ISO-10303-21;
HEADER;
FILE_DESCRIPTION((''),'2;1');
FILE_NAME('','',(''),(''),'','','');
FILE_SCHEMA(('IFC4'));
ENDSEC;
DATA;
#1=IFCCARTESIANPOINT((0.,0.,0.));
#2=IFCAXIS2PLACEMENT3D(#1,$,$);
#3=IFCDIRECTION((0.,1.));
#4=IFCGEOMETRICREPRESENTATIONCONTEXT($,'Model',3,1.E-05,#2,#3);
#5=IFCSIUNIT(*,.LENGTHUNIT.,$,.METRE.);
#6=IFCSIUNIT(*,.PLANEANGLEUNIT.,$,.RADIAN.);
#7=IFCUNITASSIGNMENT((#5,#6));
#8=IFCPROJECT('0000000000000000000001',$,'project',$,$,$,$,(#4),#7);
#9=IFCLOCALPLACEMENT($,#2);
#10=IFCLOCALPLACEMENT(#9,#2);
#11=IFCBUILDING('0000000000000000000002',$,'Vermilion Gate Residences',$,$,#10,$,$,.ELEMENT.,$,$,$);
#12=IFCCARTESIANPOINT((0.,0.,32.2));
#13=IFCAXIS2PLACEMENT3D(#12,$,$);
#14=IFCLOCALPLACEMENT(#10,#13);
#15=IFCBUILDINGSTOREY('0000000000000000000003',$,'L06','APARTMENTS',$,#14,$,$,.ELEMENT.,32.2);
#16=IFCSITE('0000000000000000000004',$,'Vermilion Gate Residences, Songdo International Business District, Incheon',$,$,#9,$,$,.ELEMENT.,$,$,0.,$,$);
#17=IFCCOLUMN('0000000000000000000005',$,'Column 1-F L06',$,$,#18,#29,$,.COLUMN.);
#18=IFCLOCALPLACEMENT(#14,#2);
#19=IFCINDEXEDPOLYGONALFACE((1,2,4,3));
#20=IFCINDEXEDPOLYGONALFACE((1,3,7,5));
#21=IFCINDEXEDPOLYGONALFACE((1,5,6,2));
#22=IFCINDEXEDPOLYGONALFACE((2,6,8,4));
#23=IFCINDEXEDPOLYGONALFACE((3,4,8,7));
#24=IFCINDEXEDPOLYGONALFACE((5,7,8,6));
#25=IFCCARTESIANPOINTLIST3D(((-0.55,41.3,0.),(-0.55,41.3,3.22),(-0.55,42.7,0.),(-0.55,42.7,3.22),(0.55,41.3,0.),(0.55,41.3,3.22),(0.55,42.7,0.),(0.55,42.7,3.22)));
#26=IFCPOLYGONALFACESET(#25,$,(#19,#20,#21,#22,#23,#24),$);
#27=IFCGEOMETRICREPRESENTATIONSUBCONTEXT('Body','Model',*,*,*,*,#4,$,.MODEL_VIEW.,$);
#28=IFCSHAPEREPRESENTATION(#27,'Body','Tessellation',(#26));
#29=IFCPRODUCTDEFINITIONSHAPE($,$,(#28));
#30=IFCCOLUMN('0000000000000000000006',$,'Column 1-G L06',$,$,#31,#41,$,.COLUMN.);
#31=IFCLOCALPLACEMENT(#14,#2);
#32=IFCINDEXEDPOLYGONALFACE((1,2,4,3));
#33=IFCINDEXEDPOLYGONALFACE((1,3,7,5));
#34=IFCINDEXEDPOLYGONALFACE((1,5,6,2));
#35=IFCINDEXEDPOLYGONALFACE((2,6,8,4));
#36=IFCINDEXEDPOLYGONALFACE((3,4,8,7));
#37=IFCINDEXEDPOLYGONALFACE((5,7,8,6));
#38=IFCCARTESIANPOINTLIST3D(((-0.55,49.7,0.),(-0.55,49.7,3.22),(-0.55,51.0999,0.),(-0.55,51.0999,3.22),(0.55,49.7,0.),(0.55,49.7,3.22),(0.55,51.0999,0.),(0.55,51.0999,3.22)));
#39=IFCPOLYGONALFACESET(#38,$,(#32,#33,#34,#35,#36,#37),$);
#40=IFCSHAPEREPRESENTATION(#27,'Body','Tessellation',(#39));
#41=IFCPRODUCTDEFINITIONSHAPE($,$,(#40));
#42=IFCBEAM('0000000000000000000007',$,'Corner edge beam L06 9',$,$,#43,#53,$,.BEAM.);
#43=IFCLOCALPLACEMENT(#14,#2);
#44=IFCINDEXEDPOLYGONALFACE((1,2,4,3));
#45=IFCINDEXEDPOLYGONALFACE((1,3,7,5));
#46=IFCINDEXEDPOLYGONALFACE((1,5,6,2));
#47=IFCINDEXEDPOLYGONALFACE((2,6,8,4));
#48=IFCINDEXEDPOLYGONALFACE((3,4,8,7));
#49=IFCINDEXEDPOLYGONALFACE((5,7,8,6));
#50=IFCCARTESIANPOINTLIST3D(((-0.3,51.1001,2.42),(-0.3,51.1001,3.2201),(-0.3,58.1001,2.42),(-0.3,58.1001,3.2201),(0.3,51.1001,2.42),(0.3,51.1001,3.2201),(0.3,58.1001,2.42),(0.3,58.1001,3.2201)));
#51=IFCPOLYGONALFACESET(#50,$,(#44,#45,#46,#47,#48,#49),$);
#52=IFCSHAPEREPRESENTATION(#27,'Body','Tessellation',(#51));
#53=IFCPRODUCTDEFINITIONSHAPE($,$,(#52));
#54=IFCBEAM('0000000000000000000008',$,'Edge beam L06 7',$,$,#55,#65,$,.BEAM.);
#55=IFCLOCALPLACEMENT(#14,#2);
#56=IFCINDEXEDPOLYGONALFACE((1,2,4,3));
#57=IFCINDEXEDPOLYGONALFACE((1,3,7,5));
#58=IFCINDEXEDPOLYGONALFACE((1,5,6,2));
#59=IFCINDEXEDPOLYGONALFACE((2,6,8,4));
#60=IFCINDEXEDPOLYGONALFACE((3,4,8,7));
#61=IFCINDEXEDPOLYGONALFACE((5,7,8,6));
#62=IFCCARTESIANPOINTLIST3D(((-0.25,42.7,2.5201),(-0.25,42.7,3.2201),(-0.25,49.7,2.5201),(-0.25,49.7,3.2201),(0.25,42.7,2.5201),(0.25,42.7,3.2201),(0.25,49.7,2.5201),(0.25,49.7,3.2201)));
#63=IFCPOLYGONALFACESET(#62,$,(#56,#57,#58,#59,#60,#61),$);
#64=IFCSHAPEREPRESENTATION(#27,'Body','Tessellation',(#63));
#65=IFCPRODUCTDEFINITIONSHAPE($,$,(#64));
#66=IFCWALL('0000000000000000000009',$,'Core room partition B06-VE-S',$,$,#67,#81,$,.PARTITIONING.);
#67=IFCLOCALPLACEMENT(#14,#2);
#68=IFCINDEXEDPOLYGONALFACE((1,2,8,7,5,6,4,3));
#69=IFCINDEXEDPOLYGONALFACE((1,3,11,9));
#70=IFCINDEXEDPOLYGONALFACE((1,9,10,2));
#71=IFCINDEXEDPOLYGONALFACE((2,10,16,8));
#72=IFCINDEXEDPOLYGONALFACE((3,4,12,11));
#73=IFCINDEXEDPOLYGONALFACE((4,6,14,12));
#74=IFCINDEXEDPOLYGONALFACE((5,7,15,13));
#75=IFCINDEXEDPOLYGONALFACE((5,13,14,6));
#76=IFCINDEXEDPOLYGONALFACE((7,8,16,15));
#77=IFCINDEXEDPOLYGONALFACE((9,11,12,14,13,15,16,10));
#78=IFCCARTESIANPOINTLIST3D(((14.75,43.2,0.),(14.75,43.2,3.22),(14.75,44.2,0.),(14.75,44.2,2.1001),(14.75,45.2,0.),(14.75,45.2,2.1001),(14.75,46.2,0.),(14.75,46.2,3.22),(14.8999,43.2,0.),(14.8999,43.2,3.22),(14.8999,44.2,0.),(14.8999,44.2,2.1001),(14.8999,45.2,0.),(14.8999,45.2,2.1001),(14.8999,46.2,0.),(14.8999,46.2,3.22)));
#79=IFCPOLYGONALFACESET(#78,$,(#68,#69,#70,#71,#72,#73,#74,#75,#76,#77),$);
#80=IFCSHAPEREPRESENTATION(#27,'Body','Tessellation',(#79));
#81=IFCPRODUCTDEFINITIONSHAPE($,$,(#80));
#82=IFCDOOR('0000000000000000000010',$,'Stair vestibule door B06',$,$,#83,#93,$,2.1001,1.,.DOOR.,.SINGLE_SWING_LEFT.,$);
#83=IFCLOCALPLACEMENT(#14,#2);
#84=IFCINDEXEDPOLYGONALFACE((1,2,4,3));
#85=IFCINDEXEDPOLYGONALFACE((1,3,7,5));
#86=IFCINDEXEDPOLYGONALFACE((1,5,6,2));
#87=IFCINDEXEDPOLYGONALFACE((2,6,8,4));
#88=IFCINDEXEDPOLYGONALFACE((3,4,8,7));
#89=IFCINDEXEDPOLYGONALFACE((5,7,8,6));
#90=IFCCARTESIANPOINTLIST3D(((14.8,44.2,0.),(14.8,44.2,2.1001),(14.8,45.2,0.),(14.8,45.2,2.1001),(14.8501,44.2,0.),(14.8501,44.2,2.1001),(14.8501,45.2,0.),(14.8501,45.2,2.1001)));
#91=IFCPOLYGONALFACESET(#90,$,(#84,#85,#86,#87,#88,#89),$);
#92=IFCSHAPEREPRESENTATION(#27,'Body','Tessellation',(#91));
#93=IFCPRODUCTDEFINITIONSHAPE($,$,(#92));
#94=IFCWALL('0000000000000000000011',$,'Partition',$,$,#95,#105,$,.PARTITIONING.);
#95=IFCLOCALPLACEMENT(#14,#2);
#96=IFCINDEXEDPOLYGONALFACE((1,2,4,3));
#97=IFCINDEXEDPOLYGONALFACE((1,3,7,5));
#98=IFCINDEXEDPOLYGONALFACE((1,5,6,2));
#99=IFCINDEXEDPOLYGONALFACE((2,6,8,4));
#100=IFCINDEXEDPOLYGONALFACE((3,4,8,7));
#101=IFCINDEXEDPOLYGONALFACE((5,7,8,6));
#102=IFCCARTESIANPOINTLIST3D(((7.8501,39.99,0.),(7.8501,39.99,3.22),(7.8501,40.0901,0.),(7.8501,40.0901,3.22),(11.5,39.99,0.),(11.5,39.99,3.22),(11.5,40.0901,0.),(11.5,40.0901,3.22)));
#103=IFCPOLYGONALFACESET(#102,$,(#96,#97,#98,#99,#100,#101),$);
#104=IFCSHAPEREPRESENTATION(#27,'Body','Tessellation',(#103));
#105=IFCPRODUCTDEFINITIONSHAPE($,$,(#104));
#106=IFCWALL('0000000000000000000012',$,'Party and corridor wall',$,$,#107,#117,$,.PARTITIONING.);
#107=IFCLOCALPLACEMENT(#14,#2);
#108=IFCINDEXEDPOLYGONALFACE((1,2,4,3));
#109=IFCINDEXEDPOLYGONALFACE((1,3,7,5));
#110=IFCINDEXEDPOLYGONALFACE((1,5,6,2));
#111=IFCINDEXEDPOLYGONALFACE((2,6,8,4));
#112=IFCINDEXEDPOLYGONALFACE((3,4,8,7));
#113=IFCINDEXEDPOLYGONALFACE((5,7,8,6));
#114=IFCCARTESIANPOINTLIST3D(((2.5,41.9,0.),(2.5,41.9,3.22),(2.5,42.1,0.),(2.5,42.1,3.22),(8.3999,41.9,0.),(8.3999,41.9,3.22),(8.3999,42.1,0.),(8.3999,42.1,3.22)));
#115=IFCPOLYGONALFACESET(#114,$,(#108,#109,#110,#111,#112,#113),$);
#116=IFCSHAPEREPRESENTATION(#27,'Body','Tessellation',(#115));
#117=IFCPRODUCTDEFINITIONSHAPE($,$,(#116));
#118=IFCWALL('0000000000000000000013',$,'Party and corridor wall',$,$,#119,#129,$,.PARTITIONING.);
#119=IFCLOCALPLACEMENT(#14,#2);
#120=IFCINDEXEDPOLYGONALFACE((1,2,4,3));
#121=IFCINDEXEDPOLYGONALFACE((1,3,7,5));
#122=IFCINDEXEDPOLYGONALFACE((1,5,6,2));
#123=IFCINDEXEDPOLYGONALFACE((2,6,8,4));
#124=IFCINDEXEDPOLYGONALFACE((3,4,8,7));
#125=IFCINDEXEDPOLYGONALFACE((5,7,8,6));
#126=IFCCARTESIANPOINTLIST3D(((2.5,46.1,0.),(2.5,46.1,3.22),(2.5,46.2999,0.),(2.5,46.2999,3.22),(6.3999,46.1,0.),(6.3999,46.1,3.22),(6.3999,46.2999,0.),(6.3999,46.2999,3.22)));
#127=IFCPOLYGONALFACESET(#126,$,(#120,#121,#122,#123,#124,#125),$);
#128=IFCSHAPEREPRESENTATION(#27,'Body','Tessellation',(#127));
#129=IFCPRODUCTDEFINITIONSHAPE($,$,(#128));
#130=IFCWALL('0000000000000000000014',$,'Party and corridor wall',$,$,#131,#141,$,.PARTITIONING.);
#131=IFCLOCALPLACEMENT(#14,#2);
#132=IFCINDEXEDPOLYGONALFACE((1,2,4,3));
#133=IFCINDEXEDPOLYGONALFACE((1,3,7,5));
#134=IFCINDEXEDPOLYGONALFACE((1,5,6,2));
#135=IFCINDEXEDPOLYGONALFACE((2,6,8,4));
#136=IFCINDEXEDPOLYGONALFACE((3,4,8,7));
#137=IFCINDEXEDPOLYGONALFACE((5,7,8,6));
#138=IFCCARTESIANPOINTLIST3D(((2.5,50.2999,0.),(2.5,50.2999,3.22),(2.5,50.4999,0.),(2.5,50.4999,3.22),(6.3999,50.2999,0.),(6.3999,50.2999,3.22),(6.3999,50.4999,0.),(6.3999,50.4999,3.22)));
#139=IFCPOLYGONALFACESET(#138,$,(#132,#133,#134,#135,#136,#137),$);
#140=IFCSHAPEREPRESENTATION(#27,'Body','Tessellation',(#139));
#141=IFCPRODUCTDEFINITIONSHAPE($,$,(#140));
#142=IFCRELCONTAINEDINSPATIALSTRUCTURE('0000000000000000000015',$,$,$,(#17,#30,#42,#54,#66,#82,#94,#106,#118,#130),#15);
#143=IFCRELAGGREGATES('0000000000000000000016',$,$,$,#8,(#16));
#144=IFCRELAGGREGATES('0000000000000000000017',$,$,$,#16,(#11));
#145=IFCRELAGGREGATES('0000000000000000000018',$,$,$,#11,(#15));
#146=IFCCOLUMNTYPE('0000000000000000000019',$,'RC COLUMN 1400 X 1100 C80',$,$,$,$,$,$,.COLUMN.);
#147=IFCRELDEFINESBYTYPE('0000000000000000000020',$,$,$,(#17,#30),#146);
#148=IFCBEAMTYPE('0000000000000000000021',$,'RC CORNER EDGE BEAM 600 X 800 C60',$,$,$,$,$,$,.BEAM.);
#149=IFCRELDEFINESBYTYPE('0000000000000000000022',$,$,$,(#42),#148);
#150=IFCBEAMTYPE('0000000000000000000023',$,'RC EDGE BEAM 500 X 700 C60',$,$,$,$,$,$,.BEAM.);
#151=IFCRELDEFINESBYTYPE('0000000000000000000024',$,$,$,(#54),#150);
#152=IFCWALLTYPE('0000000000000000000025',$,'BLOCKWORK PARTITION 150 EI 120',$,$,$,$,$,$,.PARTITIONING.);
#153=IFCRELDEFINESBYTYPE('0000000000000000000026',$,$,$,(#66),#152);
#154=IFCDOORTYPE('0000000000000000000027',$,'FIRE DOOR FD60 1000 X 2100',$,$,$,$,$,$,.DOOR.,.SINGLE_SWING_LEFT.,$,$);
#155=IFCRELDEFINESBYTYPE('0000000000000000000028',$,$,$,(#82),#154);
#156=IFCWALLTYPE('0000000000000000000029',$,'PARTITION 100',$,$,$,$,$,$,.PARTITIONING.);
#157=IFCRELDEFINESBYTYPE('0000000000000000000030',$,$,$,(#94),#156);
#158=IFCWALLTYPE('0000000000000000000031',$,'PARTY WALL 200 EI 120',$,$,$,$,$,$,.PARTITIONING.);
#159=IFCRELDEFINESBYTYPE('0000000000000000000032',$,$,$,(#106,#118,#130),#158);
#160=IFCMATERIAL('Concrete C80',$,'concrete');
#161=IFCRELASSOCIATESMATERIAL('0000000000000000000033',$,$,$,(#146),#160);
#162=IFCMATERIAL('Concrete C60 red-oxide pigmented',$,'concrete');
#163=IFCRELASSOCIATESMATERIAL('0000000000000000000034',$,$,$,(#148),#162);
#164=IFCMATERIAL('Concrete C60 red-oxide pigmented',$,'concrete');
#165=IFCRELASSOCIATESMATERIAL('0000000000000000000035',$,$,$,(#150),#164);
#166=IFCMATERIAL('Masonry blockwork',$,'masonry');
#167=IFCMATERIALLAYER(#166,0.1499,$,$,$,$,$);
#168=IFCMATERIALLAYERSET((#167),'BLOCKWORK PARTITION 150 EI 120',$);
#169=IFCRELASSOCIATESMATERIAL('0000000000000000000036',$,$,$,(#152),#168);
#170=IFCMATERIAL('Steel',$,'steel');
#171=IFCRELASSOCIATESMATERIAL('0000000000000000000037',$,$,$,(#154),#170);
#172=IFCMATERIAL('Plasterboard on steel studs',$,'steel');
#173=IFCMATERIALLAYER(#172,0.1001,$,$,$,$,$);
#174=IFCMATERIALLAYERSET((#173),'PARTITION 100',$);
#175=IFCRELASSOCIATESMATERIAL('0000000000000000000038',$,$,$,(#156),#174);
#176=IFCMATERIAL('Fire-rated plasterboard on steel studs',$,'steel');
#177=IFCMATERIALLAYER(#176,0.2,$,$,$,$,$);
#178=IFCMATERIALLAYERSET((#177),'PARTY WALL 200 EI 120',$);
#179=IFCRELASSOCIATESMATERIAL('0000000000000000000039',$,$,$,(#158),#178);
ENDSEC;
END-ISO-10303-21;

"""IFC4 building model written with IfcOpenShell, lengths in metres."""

from ifc_helpers import new_model, si_unit, direction, frame, frame_2d, origin, origin_2d, place, context, subcontext, project, spatial, rectangle, extrude, material, layer, layer_set, material_profile, profile_set, type_object, element, fill, save


model = new_model("IFC4")

# Units and contexts
model_context = context("Model", 3, precision=1e-05, world=origin(), true_north=direction((0.0, 1.0)))
body_context = subcontext(model_context, "Body", "Model", "MODEL_VIEW")
ifc_project = project(units=[si_unit("LENGTHUNIT", "METRE"), si_unit("PLANEANGLEUNIT", "RADIAN")], contexts=[model_context])

# Site, building, storey
site_placement = place(None, origin())
site = spatial("IfcSite", under=ifc_project, at=site_placement, Name="Vermilion Gate Residences, Songdo International Business District, Incheon", CompositionType="ELEMENT", RefElevation=0.0)
building_placement = place(site_placement, origin())
building = spatial("IfcBuilding", under=site, at=building_placement, Name="Vermilion Gate Residences", CompositionType="ELEMENT")
storey_placement = place(building_placement, frame((0.0, 0.0, 32.2)))
storey = spatial("IfcBuildingStorey", under=building, at=storey_placement, Name="L06", Description="APARTMENTS", CompositionType="ELEMENT", Elevation=32.2)

# Columns
ifc_material_1 = material(Name="Concrete C80", Category="concrete")
ifc_material_profile_1 = material_profile(ifc_material_1, rectangle(XDim=1.3999, YDim=1.1001, at=origin_2d()), Name="RC-1400x1100")
ifc_profile_set_1 = profile_set([ifc_material_profile_1], Name="Concrete C80")
column_type = type_object("IfcColumnType", Name="RC COLUMN 1400 X 1100 C80", PredefinedType="COLUMN", material=ifc_profile_set_1)
for number, where, z_axis, x_axis, name in (
    (1, (0.0, 42.0, 0.0), (0.0, 0.0, 1.0), (0.0, 1.0, 0.0), "Column 1-F L06"),
    (2, (0.0, 50.3999, 0.0), (0.0, 0.0, 1.0), (0.0, 1.0, 0.0), "Column 1-G L06"),
):
    element("IfcColumn", number, at=place(storey_placement, frame(where, z_axis=z_axis, x_axis=x_axis)), inside=storey, type_object=column_type, Name=name, PredefinedType="COLUMN", context=body_context, shape_type="SweptSolid", body=[
        extrude(rectangle(XDim=1.3999, YDim=1.1001, at=origin_2d()), origin(), (0.0, 0.0, 1.0), 3.22),
    ])

# Beams
ifc_material_2 = material(Name="Concrete C60 red-oxide pigmented", Category="concrete")
ifc_material_profile_2 = material_profile(ifc_material_2, rectangle(XDim=0.6001, YDim=0.8, at=origin_2d()), Name="RC-600x800")
ifc_profile_set_2 = profile_set([ifc_material_profile_2], Name="Concrete C60 red-oxide pigmented")
beam_type_1 = type_object("IfcBeamType", Name="RC CORNER EDGE BEAM 600 X 800 C60", PredefinedType="BEAM", material=ifc_profile_set_2)
beam_1_placement = place(storey_placement, frame((0.0, 51.1001, 2.8201), z_axis=(0.0, 1.0, 0.0), x_axis=(-1.0, 0.0, 0.0)))
element("IfcBeam", 3, at=beam_1_placement, inside=storey, type_object=beam_type_1, Name="Corner edge beam L06 9", PredefinedType="BEAM", context=body_context, shape_type="SweptSolid", body=[
    extrude(rectangle(XDim=0.6001, YDim=0.8, at=origin_2d()), origin(), (0.0, 0.0, 1.0), 7.0),
])
ifc_material_3 = material(Name="Concrete C60 red-oxide pigmented", Category="concrete")
ifc_material_profile_3 = material_profile(ifc_material_3, rectangle(XDim=0.5, YDim=0.7, at=origin_2d()), Name="RC-500x700")
ifc_profile_set_3 = profile_set([ifc_material_profile_3], Name="Concrete C60 red-oxide pigmented")
beam_type_2 = type_object("IfcBeamType", Name="RC EDGE BEAM 500 X 700 C60", PredefinedType="BEAM", material=ifc_profile_set_3)
beam_2_placement = place(storey_placement, frame((0.0, 42.7, 2.8701), z_axis=(0.0, 1.0, 0.0), x_axis=(-1.0, 0.0, 0.0)))
element("IfcBeam", 4, at=beam_2_placement, inside=storey, type_object=beam_type_2, Name="Edge beam L06 7", PredefinedType="BEAM", context=body_context, shape_type="SweptSolid", body=[
    extrude(rectangle(XDim=0.5, YDim=0.7, at=origin_2d()), origin(), (0.0, 0.0, 1.0), 7.0),
])

# Wall, opening, door
ifc_material_4 = material(Name="Masonry blockwork", Category="masonry")
ifc_layer_1 = layer(ifc_material_4, 0.1499)
ifc_layer_set_1 = layer_set([ifc_layer_1], Name="BLOCKWORK PARTITION 150 EI 120")
wall_type_1 = type_object("IfcWallType", Name="BLOCKWORK PARTITION 150 EI 120", PredefinedType="PARTITIONING", material=ifc_layer_set_1)
wall_1_placement = place(storey_placement, frame((14.825, 46.2, 0.0), z_axis=(0.0, 0.0, 1.0), x_axis=(0.0, -1.0, 0.0)))
wall_1 = element("IfcWall", 5, at=wall_1_placement, inside=storey, type_object=wall_type_1, Name="Core room partition B06-VE-S", PredefinedType="PARTITIONING", context=body_context, shape_type="SweptSolid", body=[
    extrude(rectangle(XDim=3.0, YDim=0.1499, at=frame_2d((1.5, 0.0))), origin(), (0.0, 0.0, 1.0), 3.22),
])
opening_1_placement = place(wall_1_placement, frame((1.0, 0.0, 0.0)))
opening_1 = element("IfcOpeningElement", 6, at=opening_1_placement, cuts=wall_1, PredefinedType="OPENING", context=body_context, shape_type="SweptSolid", body=[
    extrude(rectangle(XDim=1.0, YDim=2.1001, at=frame_2d((0.5, 1.05))), frame((0.0, 0.085, 0.0), z_axis=(0.0, -1.0, 0.0), x_axis=(1.0, 0.0, 0.0)), (0.0, 0.0, 1.0), 0.1699),
])
ifc_material_5 = material(Name="Steel", Category="steel")
door_type_1 = type_object("IfcDoorType", Name="FIRE DOOR FD60 1000 X 2100", OperationType="SINGLE_SWING_LEFT", PredefinedType="DOOR", material=ifc_material_5)
door_1_placement = place(opening_1_placement, frame((1.0, 0.0, 0.0), z_axis=(0.0, 0.0, 1.0), x_axis=(-1.0, 0.0, 0.0)))
door_1 = element("IfcDoor", 7, at=door_1_placement, inside=storey, type_object=door_type_1, Name="Stair vestibule door B06", OperationType="SINGLE_SWING_LEFT", OverallHeight=2.1001, OverallWidth=1.0, PredefinedType="DOOR", context=body_context, shape_type="SweptSolid", body=[
    extrude(rectangle(XDim=1.0, YDim=2.1001, at=frame_2d((0.5, 1.05))), frame((0.0, 0.0249, 0.0), z_axis=(0.0, -1.0, 0.0), x_axis=(1.0, 0.0, 0.0)), (0.0, 0.0, 1.0), 0.05),
])
fill(opening_1, door_1)

# Walls
ifc_material_6 = material(Name="Plasterboard on steel studs", Category="steel")
ifc_layer_2 = layer(ifc_material_6, 0.1001)
ifc_layer_set_2 = layer_set([ifc_layer_2], Name="PARTITION 100")
wall_type_2 = type_object("IfcWallType", Name="PARTITION 100", PredefinedType="PARTITIONING", material=ifc_layer_set_2)
wall_2_placement = place(storey_placement, frame((7.8501, 40.04, 0.0), z_axis=(0.0, 0.0, 1.0), x_axis=(1.0, 0.0, 0.0)))
element("IfcWall", 8, at=wall_2_placement, inside=storey, type_object=wall_type_2, Name="Partition", PredefinedType="PARTITIONING", context=body_context, shape_type="SweptSolid", body=[
    extrude(rectangle(XDim=3.6499, YDim=0.1001, at=frame_2d((1.825, 0.0))), origin(), (0.0, 0.0, 1.0), 3.22),
])
ifc_material_7 = material(Name="Fire-rated plasterboard on steel studs", Category="steel")
ifc_layer_3 = layer(ifc_material_7, 0.2)
ifc_layer_set_3 = layer_set([ifc_layer_3], Name="PARTY WALL 200 EI 120")
wall_type_3 = type_object("IfcWallType", Name="PARTY WALL 200 EI 120", PredefinedType="PARTITIONING", material=ifc_layer_set_3)
wall_3_placement = place(storey_placement, frame((2.5, 42.0, 0.0), z_axis=(0.0, 0.0, 1.0), x_axis=(1.0, 0.0, 0.0)))
element("IfcWall", 9, at=wall_3_placement, inside=storey, type_object=wall_type_3, Name="Party and corridor wall", PredefinedType="PARTITIONING", context=body_context, shape_type="SweptSolid", body=[
    extrude(rectangle(XDim=5.8999, YDim=0.2, at=frame_2d((2.95, 0.0))), origin(), (0.0, 0.0, 1.0), 3.22),
])
for number, where, z_axis, x_axis, name in (
    (10, (2.5, 46.2, 0.0), (0.0, 0.0, 1.0), (1.0, 0.0, 0.0), "Party and corridor wall"),
    (11, (2.5, 50.3999, 0.0), (0.0, 0.0, 1.0), (1.0, 0.0, 0.0), "Party and corridor wall"),
):
    element("IfcWall", number, at=place(storey_placement, frame(where, z_axis=z_axis, x_axis=x_axis)), inside=storey, type_object=wall_type_3, Name=name, PredefinedType="PARTITIONING", context=body_context, shape_type="SweptSolid", body=[
        extrude(rectangle(XDim=3.8999, YDim=0.2, at=frame_2d((1.95, 0.0))), origin(), (0.0, 0.0, 1.0), 3.22),
    ])

save(model, "model.ifc")
